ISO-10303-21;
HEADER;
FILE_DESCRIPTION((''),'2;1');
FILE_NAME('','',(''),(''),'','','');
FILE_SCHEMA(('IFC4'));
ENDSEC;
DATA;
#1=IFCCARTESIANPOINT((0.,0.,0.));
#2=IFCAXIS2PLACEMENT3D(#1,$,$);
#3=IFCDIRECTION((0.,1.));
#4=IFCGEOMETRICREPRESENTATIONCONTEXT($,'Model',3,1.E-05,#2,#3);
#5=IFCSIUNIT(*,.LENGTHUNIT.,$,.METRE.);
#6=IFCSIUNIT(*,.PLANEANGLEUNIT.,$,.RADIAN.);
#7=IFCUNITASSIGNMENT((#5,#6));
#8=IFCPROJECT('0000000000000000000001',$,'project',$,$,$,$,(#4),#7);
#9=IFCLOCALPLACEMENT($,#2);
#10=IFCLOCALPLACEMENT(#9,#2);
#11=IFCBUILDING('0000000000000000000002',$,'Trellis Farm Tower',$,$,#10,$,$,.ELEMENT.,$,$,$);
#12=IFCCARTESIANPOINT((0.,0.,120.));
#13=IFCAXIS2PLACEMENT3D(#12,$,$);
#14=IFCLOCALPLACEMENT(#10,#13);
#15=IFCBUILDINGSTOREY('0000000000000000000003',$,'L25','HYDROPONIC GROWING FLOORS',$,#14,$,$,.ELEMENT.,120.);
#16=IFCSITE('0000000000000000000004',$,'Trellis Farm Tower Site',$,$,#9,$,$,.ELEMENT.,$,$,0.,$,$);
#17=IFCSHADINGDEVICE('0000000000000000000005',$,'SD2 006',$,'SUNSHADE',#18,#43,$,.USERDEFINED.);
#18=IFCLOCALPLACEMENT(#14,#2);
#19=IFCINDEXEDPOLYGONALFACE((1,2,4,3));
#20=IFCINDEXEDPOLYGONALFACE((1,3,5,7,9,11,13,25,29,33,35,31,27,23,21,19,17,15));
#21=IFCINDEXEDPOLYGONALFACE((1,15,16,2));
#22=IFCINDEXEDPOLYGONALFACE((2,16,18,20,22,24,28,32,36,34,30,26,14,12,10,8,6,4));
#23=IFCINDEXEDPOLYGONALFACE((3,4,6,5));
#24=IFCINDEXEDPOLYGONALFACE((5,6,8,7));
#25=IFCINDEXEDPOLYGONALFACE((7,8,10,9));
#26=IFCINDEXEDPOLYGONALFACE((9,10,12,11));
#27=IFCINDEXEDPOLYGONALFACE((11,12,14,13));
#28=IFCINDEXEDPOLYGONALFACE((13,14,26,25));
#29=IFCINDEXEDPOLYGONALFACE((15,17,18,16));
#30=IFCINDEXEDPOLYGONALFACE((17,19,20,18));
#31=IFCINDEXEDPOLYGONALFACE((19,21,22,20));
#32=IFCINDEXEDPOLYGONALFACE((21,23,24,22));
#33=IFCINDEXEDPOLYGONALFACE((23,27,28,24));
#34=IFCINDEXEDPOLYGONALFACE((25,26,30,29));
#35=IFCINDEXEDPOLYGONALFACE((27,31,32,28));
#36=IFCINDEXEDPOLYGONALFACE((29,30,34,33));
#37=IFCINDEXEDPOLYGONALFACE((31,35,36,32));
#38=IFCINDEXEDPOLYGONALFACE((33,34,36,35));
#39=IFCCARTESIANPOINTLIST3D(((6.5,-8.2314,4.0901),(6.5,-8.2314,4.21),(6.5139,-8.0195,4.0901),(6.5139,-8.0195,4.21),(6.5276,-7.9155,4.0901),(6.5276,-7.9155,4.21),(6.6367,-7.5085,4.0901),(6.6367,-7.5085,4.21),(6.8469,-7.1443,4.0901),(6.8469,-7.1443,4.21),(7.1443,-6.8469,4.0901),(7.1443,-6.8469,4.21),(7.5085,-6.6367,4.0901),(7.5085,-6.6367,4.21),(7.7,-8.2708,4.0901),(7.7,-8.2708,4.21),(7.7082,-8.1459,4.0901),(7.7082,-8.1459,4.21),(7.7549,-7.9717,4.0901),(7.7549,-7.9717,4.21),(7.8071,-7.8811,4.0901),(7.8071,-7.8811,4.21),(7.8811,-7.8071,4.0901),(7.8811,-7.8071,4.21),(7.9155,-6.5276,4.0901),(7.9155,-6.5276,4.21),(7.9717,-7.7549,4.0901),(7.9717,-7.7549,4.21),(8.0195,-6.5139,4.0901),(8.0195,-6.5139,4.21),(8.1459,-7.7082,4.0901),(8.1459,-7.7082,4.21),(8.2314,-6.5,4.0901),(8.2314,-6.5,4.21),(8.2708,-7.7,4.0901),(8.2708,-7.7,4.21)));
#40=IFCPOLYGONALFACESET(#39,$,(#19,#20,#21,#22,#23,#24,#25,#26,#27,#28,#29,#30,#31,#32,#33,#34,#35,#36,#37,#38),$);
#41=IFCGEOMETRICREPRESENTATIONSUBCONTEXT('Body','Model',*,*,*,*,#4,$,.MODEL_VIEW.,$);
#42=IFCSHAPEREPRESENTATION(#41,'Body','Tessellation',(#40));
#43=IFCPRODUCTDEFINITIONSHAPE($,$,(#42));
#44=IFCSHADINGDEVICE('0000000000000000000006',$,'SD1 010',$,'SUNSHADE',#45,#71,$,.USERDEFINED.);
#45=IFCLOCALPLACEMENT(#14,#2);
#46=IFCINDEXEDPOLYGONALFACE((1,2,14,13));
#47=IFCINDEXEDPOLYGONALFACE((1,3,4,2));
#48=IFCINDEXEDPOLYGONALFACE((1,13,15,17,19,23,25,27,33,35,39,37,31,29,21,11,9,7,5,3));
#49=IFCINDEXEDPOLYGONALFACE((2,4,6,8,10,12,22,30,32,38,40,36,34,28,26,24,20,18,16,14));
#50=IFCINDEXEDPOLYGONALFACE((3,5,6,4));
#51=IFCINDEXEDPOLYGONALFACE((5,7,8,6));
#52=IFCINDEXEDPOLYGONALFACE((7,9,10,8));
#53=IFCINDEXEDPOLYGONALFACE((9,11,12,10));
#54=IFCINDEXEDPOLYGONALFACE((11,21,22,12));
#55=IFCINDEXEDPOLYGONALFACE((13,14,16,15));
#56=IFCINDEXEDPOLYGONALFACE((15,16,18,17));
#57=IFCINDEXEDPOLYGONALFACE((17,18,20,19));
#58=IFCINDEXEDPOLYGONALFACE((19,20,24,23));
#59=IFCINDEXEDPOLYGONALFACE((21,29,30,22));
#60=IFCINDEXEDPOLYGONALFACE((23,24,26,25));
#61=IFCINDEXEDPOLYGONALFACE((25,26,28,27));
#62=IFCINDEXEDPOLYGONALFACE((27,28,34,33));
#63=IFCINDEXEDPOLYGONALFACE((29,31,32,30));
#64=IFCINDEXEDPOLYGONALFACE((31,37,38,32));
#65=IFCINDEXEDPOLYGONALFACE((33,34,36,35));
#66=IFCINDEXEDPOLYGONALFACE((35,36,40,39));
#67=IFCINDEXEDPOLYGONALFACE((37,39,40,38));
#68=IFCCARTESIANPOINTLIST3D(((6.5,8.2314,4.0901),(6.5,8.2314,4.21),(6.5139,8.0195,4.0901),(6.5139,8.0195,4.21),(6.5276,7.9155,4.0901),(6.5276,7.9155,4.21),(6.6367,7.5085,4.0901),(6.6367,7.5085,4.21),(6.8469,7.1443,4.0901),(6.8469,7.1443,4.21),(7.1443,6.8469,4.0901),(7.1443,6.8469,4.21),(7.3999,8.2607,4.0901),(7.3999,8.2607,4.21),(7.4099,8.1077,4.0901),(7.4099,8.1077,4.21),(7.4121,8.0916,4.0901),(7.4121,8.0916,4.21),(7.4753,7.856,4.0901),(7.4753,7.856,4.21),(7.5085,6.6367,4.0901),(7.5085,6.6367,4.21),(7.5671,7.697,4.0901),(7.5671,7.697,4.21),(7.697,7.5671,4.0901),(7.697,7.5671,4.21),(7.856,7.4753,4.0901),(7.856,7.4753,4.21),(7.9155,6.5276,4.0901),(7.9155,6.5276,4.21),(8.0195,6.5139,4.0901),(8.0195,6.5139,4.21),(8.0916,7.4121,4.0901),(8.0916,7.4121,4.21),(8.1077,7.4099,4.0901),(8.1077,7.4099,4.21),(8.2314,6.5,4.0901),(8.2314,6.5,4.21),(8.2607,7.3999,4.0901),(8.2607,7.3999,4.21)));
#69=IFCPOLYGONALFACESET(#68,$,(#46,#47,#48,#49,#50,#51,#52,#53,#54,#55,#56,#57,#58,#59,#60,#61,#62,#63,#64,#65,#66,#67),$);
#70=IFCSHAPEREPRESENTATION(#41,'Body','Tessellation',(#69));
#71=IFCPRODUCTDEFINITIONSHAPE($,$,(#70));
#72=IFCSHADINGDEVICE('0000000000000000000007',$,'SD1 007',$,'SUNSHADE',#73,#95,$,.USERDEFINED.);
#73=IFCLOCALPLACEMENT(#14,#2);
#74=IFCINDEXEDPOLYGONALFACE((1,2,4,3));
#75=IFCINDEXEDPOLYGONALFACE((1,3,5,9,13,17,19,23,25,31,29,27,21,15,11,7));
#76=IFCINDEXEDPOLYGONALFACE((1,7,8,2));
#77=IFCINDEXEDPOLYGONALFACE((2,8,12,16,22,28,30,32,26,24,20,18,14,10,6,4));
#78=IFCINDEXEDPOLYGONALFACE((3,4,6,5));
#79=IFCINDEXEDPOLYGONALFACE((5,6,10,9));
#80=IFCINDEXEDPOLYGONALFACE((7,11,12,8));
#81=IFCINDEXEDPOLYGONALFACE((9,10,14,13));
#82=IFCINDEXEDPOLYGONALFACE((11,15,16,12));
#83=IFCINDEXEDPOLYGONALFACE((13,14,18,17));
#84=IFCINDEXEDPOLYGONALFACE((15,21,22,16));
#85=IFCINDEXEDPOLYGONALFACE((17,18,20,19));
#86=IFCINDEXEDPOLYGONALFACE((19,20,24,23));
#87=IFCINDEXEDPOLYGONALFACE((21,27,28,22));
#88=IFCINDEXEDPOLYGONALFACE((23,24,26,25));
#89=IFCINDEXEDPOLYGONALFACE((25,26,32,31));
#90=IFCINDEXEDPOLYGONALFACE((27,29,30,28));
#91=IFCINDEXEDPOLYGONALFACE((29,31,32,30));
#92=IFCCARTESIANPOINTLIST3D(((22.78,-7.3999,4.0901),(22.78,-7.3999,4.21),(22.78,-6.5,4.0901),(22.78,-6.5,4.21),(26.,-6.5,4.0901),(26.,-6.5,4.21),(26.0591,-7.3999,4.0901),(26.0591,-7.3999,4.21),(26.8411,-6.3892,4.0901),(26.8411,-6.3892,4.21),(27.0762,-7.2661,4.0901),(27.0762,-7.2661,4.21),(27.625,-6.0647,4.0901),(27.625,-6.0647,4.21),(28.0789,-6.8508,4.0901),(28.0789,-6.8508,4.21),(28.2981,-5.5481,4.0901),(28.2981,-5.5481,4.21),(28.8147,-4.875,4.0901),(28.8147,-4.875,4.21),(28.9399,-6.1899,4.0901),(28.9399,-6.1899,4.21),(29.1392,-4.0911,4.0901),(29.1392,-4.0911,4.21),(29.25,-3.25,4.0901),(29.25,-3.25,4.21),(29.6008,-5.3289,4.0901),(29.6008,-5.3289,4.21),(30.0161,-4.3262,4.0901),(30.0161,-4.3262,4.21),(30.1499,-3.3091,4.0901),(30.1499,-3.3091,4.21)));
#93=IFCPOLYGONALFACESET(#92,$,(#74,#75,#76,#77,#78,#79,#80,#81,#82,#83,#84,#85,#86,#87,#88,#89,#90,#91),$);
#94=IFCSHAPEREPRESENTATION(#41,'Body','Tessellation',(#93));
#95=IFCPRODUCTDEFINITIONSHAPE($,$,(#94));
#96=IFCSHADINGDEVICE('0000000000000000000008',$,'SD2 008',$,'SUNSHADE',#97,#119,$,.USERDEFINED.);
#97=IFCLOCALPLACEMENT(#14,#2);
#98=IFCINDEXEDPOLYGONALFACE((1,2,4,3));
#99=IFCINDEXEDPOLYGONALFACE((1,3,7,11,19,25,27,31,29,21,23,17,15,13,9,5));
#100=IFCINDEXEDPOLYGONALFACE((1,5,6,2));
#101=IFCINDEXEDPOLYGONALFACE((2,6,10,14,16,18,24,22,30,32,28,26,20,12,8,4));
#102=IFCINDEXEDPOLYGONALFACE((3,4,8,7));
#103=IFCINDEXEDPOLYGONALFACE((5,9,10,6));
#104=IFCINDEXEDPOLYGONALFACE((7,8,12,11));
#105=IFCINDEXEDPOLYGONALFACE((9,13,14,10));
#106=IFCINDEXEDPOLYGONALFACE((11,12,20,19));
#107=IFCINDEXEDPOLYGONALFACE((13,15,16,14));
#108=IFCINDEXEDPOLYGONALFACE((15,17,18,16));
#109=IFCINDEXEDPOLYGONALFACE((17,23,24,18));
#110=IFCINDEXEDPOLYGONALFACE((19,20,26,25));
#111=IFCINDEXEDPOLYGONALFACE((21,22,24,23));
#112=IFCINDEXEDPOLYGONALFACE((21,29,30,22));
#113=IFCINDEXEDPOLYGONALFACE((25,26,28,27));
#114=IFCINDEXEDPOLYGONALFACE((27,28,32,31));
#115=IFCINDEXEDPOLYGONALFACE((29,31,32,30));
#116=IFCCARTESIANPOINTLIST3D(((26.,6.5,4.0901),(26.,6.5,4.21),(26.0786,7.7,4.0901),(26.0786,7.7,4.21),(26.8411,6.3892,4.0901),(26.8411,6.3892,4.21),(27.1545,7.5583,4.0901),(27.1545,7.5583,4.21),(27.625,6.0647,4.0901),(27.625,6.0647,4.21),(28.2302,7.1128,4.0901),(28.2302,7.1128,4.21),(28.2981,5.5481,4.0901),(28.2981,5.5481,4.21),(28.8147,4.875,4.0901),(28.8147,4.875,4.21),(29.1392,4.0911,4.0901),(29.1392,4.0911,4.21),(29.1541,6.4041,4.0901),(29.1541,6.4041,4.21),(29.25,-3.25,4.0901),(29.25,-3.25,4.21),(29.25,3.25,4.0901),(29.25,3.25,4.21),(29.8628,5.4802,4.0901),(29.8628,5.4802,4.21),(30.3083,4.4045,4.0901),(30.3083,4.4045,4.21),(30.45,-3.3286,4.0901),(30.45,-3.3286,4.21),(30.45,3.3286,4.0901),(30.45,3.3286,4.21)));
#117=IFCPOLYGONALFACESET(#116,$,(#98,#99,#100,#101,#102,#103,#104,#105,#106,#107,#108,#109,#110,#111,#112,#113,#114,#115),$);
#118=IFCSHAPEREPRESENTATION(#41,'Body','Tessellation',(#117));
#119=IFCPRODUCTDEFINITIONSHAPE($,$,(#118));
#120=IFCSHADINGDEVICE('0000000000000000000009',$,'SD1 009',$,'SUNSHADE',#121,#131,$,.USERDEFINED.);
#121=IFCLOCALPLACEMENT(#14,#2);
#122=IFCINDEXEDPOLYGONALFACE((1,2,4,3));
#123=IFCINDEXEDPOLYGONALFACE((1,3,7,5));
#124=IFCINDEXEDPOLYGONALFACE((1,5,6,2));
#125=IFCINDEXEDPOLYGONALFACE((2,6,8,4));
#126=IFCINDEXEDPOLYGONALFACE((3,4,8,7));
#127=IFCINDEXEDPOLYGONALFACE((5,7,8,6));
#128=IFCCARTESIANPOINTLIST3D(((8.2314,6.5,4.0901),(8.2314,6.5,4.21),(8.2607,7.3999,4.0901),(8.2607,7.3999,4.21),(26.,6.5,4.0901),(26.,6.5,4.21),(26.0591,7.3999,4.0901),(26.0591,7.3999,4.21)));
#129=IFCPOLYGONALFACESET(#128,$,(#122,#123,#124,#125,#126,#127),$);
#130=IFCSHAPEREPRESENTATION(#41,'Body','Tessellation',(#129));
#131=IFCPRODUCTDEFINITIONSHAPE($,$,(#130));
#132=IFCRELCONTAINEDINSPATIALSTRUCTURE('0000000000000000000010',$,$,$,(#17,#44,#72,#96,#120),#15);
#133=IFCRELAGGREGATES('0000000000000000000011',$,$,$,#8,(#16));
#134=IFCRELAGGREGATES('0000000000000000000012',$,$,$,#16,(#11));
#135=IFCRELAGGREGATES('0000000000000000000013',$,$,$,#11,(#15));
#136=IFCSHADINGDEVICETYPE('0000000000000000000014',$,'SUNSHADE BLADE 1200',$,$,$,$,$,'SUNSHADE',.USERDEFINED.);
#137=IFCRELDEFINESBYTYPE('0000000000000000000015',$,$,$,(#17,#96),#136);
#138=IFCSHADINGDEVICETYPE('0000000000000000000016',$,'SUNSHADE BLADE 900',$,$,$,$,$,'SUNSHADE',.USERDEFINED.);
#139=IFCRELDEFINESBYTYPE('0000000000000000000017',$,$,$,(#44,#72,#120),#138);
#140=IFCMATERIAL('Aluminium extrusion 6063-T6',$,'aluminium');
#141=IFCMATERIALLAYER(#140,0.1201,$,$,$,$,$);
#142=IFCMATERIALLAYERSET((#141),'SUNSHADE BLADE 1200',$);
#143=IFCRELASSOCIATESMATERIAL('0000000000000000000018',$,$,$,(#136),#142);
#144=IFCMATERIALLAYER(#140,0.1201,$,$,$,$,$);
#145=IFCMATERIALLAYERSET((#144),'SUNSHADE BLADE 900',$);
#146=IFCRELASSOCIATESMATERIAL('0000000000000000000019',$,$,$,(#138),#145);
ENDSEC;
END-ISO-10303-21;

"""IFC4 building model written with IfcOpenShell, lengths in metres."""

from ifc_helpers import new_model, si_unit, direction, frame, origin, place, context, subcontext, project, spatial, polyline, outline, extrude, source, transform, mapped, material, layer, layer_set, type_object, element, save


model = new_model("IFC4")

# Units and contexts
model_context = context("Model", 3, precision=1e-05, world=origin(), true_north=direction((0.0, 1.0)))
body_context = subcontext(model_context, "Body", "Model", "MODEL_VIEW")
ifc_project = project(units=[si_unit("LENGTHUNIT", "METRE"), si_unit("PLANEANGLEUNIT", "RADIAN")], contexts=[model_context])

# Site, building, storey
site_placement = place(None, origin())
site = spatial("IfcSite", under=ifc_project, at=site_placement, Name="Trellis Farm Tower Site", CompositionType="ELEMENT", RefElevation=0.0)
building_placement = place(site_placement, origin())
building = spatial("IfcBuilding", under=site, at=building_placement, Name="Trellis Farm Tower", CompositionType="ELEMENT")
storey_placement = place(building_placement, frame((0.0, 0.0, 120.0)))
storey = spatial("IfcBuildingStorey", under=building, at=storey_placement, Name="L25", Description="HYDROPONIC GROWING FLOORS", CompositionType="ELEMENT", Elevation=120.0)

# Shared definitions
ifc_material_1 = material(Name="Aluminium extrusion 6063-T6", Category="aluminium")

# Shading devices
ifc_layer_1 = layer(ifc_material_1, 0.1201)
ifc_layer_set_1 = layer_set([ifc_layer_1], Name="SUNSHADE BLADE 1200")
shading_device_type_1 = type_object("IfcShadingDeviceType", Name="SUNSHADE BLADE 1200", ElementType="SUNSHADE", PredefinedType="USERDEFINED", material=ifc_layer_set_1)
placement_1 = place(storey_placement, frame((0.0, 0.0, 4.0901)))
shared_shape_1 = source(origin(), body_context, "Body", "SweptSolid", [
    extrude(outline(polyline([(7.7, -8.2708), (7.7087, -8.1372), (7.707, -8.1501), (7.7549, -7.9717), (7.8071, -7.8811), (7.8811, -7.8071), (7.9717, -7.7549), (8.1501, -7.707), (8.1372, -7.7087), (8.2708, -7.7), (8.2314, -6.5), (8.0195, -6.5139), (7.9155, -6.5276), (7.5085, -6.6367), (7.1443, -6.8469), (6.8469, -7.1443), (6.6367, -7.5085), (6.5276, -7.9155), (6.5139, -8.0195), (6.5, -8.2314), (7.7, -8.2708)])), origin(), (0.0, 0.0, 1.0), 0.1199),
])
element("IfcShadingDevice", 1, at=placement_1, inside=storey, type_object=shading_device_type_1, Name="SD2 006", ObjectType="SUNSHADE", PredefinedType="USERDEFINED", context=body_context, shape_type="MappedRepresentation", body=[
    mapped(shared_shape_1, transform((0.0, 0.0, 0.0))),
])
ifc_layer_2 = layer(ifc_material_1, 0.1201)
ifc_layer_set_2 = layer_set([ifc_layer_2], Name="SUNSHADE BLADE 900")
shading_device_type_2 = type_object("IfcShadingDeviceType", Name="SUNSHADE BLADE 900", ElementType="SUNSHADE", PredefinedType="USERDEFINED", material=ifc_layer_set_2)
shared_shape_2 = source(origin(), body_context, "Body", "SweptSolid", [
    extrude(outline(polyline([(8.2607, 7.3999), (8.1077, 7.4099), (8.0916, 7.4121), (7.856, 7.4753), (7.697, 7.5671), (7.5671, 7.697), (7.4753, 7.856), (7.4121, 8.0916), (7.4099, 8.1077), (7.3999, 8.2607), (6.5, 8.2314), (6.5139, 8.0195), (6.5276, 7.9155), (6.6367, 7.5085), (6.8469, 7.1443), (7.1443, 6.8469), (7.5085, 6.6367), (7.9155, 6.5276), (8.0195, 6.5139), (8.2314, 6.5), (8.2607, 7.3999)])), origin(), (0.0, 0.0, 1.0), 0.1199),
])
element("IfcShadingDevice", 2, at=placement_1, inside=storey, type_object=shading_device_type_2, Name="SD1 010", ObjectType="SUNSHADE", PredefinedType="USERDEFINED", context=body_context, shape_type="MappedRepresentation", body=[
    mapped(shared_shape_2, transform((0.0, 0.0, 0.0))),
])
shared_shape_3 = source(origin(), body_context, "Body", "SweptSolid", [
    extrude(outline(polyline([(22.78, -7.3999), (26.0591, -7.3999), (27.0762, -7.2661), (28.0789, -6.8508), (28.9399, -6.1899), (29.6008, -5.3289), (30.0161, -4.3262), (30.1499, -3.3091), (29.25, -3.25), (29.1392, -4.0911), (28.8147, -4.875), (28.2981, -5.5481), (27.625, -6.0647), (26.8411, -6.3892), (26.0, -6.5), (22.78, -6.5), (22.78, -7.3999)])), origin(), (0.0, 0.0, 1.0), 0.1199),
])
element("IfcShadingDevice", 3, at=placement_1, inside=storey, type_object=shading_device_type_2, Name="SD1 007", ObjectType="SUNSHADE", PredefinedType="USERDEFINED", context=body_context, shape_type="MappedRepresentation", body=[
    mapped(shared_shape_3, transform((0.0, 0.0, 0.0))),
])
shared_shape_4 = source(origin(), body_context, "Body", "SweptSolid", [
    extrude(outline(polyline([(30.45, -3.3286), (30.45, 3.3286), (30.3083, 4.4045), (29.8628, 5.4802), (29.1541, 6.4041), (28.2302, 7.1128), (27.1545, 7.5583), (26.0786, 7.7), (26.0, 6.5), (26.8411, 6.3892), (27.625, 6.0647), (28.2981, 5.5481), (28.8147, 4.875), (29.1392, 4.0911), (29.25, 3.25), (29.25, -3.25), (30.45, -3.3286)])), origin(), (0.0, 0.0, 1.0), 0.1199),
])
element("IfcShadingDevice", 4, at=placement_1, inside=storey, type_object=shading_device_type_1, Name="SD2 008", ObjectType="SUNSHADE", PredefinedType="USERDEFINED", context=body_context, shape_type="MappedRepresentation", body=[
    mapped(shared_shape_4, transform((0.0, 0.0, 0.0))),
])
shared_shape_5 = source(origin(), body_context, "Body", "SweptSolid", [
    extrude(outline(polyline([(26.0591, 7.3999), (8.2607, 7.3999), (8.2314, 6.5), (26.0, 6.5), (26.0591, 7.3999)])), origin(), (0.0, 0.0, 1.0), 0.1199),
])
element("IfcShadingDevice", 5, at=placement_1, inside=storey, type_object=shading_device_type_2, Name="SD1 009", ObjectType="SUNSHADE", PredefinedType="USERDEFINED", context=body_context, shape_type="MappedRepresentation", body=[
    mapped(shared_shape_5, transform((0.0, 0.0, 0.0))),
])

save(model, "model.ifc")
